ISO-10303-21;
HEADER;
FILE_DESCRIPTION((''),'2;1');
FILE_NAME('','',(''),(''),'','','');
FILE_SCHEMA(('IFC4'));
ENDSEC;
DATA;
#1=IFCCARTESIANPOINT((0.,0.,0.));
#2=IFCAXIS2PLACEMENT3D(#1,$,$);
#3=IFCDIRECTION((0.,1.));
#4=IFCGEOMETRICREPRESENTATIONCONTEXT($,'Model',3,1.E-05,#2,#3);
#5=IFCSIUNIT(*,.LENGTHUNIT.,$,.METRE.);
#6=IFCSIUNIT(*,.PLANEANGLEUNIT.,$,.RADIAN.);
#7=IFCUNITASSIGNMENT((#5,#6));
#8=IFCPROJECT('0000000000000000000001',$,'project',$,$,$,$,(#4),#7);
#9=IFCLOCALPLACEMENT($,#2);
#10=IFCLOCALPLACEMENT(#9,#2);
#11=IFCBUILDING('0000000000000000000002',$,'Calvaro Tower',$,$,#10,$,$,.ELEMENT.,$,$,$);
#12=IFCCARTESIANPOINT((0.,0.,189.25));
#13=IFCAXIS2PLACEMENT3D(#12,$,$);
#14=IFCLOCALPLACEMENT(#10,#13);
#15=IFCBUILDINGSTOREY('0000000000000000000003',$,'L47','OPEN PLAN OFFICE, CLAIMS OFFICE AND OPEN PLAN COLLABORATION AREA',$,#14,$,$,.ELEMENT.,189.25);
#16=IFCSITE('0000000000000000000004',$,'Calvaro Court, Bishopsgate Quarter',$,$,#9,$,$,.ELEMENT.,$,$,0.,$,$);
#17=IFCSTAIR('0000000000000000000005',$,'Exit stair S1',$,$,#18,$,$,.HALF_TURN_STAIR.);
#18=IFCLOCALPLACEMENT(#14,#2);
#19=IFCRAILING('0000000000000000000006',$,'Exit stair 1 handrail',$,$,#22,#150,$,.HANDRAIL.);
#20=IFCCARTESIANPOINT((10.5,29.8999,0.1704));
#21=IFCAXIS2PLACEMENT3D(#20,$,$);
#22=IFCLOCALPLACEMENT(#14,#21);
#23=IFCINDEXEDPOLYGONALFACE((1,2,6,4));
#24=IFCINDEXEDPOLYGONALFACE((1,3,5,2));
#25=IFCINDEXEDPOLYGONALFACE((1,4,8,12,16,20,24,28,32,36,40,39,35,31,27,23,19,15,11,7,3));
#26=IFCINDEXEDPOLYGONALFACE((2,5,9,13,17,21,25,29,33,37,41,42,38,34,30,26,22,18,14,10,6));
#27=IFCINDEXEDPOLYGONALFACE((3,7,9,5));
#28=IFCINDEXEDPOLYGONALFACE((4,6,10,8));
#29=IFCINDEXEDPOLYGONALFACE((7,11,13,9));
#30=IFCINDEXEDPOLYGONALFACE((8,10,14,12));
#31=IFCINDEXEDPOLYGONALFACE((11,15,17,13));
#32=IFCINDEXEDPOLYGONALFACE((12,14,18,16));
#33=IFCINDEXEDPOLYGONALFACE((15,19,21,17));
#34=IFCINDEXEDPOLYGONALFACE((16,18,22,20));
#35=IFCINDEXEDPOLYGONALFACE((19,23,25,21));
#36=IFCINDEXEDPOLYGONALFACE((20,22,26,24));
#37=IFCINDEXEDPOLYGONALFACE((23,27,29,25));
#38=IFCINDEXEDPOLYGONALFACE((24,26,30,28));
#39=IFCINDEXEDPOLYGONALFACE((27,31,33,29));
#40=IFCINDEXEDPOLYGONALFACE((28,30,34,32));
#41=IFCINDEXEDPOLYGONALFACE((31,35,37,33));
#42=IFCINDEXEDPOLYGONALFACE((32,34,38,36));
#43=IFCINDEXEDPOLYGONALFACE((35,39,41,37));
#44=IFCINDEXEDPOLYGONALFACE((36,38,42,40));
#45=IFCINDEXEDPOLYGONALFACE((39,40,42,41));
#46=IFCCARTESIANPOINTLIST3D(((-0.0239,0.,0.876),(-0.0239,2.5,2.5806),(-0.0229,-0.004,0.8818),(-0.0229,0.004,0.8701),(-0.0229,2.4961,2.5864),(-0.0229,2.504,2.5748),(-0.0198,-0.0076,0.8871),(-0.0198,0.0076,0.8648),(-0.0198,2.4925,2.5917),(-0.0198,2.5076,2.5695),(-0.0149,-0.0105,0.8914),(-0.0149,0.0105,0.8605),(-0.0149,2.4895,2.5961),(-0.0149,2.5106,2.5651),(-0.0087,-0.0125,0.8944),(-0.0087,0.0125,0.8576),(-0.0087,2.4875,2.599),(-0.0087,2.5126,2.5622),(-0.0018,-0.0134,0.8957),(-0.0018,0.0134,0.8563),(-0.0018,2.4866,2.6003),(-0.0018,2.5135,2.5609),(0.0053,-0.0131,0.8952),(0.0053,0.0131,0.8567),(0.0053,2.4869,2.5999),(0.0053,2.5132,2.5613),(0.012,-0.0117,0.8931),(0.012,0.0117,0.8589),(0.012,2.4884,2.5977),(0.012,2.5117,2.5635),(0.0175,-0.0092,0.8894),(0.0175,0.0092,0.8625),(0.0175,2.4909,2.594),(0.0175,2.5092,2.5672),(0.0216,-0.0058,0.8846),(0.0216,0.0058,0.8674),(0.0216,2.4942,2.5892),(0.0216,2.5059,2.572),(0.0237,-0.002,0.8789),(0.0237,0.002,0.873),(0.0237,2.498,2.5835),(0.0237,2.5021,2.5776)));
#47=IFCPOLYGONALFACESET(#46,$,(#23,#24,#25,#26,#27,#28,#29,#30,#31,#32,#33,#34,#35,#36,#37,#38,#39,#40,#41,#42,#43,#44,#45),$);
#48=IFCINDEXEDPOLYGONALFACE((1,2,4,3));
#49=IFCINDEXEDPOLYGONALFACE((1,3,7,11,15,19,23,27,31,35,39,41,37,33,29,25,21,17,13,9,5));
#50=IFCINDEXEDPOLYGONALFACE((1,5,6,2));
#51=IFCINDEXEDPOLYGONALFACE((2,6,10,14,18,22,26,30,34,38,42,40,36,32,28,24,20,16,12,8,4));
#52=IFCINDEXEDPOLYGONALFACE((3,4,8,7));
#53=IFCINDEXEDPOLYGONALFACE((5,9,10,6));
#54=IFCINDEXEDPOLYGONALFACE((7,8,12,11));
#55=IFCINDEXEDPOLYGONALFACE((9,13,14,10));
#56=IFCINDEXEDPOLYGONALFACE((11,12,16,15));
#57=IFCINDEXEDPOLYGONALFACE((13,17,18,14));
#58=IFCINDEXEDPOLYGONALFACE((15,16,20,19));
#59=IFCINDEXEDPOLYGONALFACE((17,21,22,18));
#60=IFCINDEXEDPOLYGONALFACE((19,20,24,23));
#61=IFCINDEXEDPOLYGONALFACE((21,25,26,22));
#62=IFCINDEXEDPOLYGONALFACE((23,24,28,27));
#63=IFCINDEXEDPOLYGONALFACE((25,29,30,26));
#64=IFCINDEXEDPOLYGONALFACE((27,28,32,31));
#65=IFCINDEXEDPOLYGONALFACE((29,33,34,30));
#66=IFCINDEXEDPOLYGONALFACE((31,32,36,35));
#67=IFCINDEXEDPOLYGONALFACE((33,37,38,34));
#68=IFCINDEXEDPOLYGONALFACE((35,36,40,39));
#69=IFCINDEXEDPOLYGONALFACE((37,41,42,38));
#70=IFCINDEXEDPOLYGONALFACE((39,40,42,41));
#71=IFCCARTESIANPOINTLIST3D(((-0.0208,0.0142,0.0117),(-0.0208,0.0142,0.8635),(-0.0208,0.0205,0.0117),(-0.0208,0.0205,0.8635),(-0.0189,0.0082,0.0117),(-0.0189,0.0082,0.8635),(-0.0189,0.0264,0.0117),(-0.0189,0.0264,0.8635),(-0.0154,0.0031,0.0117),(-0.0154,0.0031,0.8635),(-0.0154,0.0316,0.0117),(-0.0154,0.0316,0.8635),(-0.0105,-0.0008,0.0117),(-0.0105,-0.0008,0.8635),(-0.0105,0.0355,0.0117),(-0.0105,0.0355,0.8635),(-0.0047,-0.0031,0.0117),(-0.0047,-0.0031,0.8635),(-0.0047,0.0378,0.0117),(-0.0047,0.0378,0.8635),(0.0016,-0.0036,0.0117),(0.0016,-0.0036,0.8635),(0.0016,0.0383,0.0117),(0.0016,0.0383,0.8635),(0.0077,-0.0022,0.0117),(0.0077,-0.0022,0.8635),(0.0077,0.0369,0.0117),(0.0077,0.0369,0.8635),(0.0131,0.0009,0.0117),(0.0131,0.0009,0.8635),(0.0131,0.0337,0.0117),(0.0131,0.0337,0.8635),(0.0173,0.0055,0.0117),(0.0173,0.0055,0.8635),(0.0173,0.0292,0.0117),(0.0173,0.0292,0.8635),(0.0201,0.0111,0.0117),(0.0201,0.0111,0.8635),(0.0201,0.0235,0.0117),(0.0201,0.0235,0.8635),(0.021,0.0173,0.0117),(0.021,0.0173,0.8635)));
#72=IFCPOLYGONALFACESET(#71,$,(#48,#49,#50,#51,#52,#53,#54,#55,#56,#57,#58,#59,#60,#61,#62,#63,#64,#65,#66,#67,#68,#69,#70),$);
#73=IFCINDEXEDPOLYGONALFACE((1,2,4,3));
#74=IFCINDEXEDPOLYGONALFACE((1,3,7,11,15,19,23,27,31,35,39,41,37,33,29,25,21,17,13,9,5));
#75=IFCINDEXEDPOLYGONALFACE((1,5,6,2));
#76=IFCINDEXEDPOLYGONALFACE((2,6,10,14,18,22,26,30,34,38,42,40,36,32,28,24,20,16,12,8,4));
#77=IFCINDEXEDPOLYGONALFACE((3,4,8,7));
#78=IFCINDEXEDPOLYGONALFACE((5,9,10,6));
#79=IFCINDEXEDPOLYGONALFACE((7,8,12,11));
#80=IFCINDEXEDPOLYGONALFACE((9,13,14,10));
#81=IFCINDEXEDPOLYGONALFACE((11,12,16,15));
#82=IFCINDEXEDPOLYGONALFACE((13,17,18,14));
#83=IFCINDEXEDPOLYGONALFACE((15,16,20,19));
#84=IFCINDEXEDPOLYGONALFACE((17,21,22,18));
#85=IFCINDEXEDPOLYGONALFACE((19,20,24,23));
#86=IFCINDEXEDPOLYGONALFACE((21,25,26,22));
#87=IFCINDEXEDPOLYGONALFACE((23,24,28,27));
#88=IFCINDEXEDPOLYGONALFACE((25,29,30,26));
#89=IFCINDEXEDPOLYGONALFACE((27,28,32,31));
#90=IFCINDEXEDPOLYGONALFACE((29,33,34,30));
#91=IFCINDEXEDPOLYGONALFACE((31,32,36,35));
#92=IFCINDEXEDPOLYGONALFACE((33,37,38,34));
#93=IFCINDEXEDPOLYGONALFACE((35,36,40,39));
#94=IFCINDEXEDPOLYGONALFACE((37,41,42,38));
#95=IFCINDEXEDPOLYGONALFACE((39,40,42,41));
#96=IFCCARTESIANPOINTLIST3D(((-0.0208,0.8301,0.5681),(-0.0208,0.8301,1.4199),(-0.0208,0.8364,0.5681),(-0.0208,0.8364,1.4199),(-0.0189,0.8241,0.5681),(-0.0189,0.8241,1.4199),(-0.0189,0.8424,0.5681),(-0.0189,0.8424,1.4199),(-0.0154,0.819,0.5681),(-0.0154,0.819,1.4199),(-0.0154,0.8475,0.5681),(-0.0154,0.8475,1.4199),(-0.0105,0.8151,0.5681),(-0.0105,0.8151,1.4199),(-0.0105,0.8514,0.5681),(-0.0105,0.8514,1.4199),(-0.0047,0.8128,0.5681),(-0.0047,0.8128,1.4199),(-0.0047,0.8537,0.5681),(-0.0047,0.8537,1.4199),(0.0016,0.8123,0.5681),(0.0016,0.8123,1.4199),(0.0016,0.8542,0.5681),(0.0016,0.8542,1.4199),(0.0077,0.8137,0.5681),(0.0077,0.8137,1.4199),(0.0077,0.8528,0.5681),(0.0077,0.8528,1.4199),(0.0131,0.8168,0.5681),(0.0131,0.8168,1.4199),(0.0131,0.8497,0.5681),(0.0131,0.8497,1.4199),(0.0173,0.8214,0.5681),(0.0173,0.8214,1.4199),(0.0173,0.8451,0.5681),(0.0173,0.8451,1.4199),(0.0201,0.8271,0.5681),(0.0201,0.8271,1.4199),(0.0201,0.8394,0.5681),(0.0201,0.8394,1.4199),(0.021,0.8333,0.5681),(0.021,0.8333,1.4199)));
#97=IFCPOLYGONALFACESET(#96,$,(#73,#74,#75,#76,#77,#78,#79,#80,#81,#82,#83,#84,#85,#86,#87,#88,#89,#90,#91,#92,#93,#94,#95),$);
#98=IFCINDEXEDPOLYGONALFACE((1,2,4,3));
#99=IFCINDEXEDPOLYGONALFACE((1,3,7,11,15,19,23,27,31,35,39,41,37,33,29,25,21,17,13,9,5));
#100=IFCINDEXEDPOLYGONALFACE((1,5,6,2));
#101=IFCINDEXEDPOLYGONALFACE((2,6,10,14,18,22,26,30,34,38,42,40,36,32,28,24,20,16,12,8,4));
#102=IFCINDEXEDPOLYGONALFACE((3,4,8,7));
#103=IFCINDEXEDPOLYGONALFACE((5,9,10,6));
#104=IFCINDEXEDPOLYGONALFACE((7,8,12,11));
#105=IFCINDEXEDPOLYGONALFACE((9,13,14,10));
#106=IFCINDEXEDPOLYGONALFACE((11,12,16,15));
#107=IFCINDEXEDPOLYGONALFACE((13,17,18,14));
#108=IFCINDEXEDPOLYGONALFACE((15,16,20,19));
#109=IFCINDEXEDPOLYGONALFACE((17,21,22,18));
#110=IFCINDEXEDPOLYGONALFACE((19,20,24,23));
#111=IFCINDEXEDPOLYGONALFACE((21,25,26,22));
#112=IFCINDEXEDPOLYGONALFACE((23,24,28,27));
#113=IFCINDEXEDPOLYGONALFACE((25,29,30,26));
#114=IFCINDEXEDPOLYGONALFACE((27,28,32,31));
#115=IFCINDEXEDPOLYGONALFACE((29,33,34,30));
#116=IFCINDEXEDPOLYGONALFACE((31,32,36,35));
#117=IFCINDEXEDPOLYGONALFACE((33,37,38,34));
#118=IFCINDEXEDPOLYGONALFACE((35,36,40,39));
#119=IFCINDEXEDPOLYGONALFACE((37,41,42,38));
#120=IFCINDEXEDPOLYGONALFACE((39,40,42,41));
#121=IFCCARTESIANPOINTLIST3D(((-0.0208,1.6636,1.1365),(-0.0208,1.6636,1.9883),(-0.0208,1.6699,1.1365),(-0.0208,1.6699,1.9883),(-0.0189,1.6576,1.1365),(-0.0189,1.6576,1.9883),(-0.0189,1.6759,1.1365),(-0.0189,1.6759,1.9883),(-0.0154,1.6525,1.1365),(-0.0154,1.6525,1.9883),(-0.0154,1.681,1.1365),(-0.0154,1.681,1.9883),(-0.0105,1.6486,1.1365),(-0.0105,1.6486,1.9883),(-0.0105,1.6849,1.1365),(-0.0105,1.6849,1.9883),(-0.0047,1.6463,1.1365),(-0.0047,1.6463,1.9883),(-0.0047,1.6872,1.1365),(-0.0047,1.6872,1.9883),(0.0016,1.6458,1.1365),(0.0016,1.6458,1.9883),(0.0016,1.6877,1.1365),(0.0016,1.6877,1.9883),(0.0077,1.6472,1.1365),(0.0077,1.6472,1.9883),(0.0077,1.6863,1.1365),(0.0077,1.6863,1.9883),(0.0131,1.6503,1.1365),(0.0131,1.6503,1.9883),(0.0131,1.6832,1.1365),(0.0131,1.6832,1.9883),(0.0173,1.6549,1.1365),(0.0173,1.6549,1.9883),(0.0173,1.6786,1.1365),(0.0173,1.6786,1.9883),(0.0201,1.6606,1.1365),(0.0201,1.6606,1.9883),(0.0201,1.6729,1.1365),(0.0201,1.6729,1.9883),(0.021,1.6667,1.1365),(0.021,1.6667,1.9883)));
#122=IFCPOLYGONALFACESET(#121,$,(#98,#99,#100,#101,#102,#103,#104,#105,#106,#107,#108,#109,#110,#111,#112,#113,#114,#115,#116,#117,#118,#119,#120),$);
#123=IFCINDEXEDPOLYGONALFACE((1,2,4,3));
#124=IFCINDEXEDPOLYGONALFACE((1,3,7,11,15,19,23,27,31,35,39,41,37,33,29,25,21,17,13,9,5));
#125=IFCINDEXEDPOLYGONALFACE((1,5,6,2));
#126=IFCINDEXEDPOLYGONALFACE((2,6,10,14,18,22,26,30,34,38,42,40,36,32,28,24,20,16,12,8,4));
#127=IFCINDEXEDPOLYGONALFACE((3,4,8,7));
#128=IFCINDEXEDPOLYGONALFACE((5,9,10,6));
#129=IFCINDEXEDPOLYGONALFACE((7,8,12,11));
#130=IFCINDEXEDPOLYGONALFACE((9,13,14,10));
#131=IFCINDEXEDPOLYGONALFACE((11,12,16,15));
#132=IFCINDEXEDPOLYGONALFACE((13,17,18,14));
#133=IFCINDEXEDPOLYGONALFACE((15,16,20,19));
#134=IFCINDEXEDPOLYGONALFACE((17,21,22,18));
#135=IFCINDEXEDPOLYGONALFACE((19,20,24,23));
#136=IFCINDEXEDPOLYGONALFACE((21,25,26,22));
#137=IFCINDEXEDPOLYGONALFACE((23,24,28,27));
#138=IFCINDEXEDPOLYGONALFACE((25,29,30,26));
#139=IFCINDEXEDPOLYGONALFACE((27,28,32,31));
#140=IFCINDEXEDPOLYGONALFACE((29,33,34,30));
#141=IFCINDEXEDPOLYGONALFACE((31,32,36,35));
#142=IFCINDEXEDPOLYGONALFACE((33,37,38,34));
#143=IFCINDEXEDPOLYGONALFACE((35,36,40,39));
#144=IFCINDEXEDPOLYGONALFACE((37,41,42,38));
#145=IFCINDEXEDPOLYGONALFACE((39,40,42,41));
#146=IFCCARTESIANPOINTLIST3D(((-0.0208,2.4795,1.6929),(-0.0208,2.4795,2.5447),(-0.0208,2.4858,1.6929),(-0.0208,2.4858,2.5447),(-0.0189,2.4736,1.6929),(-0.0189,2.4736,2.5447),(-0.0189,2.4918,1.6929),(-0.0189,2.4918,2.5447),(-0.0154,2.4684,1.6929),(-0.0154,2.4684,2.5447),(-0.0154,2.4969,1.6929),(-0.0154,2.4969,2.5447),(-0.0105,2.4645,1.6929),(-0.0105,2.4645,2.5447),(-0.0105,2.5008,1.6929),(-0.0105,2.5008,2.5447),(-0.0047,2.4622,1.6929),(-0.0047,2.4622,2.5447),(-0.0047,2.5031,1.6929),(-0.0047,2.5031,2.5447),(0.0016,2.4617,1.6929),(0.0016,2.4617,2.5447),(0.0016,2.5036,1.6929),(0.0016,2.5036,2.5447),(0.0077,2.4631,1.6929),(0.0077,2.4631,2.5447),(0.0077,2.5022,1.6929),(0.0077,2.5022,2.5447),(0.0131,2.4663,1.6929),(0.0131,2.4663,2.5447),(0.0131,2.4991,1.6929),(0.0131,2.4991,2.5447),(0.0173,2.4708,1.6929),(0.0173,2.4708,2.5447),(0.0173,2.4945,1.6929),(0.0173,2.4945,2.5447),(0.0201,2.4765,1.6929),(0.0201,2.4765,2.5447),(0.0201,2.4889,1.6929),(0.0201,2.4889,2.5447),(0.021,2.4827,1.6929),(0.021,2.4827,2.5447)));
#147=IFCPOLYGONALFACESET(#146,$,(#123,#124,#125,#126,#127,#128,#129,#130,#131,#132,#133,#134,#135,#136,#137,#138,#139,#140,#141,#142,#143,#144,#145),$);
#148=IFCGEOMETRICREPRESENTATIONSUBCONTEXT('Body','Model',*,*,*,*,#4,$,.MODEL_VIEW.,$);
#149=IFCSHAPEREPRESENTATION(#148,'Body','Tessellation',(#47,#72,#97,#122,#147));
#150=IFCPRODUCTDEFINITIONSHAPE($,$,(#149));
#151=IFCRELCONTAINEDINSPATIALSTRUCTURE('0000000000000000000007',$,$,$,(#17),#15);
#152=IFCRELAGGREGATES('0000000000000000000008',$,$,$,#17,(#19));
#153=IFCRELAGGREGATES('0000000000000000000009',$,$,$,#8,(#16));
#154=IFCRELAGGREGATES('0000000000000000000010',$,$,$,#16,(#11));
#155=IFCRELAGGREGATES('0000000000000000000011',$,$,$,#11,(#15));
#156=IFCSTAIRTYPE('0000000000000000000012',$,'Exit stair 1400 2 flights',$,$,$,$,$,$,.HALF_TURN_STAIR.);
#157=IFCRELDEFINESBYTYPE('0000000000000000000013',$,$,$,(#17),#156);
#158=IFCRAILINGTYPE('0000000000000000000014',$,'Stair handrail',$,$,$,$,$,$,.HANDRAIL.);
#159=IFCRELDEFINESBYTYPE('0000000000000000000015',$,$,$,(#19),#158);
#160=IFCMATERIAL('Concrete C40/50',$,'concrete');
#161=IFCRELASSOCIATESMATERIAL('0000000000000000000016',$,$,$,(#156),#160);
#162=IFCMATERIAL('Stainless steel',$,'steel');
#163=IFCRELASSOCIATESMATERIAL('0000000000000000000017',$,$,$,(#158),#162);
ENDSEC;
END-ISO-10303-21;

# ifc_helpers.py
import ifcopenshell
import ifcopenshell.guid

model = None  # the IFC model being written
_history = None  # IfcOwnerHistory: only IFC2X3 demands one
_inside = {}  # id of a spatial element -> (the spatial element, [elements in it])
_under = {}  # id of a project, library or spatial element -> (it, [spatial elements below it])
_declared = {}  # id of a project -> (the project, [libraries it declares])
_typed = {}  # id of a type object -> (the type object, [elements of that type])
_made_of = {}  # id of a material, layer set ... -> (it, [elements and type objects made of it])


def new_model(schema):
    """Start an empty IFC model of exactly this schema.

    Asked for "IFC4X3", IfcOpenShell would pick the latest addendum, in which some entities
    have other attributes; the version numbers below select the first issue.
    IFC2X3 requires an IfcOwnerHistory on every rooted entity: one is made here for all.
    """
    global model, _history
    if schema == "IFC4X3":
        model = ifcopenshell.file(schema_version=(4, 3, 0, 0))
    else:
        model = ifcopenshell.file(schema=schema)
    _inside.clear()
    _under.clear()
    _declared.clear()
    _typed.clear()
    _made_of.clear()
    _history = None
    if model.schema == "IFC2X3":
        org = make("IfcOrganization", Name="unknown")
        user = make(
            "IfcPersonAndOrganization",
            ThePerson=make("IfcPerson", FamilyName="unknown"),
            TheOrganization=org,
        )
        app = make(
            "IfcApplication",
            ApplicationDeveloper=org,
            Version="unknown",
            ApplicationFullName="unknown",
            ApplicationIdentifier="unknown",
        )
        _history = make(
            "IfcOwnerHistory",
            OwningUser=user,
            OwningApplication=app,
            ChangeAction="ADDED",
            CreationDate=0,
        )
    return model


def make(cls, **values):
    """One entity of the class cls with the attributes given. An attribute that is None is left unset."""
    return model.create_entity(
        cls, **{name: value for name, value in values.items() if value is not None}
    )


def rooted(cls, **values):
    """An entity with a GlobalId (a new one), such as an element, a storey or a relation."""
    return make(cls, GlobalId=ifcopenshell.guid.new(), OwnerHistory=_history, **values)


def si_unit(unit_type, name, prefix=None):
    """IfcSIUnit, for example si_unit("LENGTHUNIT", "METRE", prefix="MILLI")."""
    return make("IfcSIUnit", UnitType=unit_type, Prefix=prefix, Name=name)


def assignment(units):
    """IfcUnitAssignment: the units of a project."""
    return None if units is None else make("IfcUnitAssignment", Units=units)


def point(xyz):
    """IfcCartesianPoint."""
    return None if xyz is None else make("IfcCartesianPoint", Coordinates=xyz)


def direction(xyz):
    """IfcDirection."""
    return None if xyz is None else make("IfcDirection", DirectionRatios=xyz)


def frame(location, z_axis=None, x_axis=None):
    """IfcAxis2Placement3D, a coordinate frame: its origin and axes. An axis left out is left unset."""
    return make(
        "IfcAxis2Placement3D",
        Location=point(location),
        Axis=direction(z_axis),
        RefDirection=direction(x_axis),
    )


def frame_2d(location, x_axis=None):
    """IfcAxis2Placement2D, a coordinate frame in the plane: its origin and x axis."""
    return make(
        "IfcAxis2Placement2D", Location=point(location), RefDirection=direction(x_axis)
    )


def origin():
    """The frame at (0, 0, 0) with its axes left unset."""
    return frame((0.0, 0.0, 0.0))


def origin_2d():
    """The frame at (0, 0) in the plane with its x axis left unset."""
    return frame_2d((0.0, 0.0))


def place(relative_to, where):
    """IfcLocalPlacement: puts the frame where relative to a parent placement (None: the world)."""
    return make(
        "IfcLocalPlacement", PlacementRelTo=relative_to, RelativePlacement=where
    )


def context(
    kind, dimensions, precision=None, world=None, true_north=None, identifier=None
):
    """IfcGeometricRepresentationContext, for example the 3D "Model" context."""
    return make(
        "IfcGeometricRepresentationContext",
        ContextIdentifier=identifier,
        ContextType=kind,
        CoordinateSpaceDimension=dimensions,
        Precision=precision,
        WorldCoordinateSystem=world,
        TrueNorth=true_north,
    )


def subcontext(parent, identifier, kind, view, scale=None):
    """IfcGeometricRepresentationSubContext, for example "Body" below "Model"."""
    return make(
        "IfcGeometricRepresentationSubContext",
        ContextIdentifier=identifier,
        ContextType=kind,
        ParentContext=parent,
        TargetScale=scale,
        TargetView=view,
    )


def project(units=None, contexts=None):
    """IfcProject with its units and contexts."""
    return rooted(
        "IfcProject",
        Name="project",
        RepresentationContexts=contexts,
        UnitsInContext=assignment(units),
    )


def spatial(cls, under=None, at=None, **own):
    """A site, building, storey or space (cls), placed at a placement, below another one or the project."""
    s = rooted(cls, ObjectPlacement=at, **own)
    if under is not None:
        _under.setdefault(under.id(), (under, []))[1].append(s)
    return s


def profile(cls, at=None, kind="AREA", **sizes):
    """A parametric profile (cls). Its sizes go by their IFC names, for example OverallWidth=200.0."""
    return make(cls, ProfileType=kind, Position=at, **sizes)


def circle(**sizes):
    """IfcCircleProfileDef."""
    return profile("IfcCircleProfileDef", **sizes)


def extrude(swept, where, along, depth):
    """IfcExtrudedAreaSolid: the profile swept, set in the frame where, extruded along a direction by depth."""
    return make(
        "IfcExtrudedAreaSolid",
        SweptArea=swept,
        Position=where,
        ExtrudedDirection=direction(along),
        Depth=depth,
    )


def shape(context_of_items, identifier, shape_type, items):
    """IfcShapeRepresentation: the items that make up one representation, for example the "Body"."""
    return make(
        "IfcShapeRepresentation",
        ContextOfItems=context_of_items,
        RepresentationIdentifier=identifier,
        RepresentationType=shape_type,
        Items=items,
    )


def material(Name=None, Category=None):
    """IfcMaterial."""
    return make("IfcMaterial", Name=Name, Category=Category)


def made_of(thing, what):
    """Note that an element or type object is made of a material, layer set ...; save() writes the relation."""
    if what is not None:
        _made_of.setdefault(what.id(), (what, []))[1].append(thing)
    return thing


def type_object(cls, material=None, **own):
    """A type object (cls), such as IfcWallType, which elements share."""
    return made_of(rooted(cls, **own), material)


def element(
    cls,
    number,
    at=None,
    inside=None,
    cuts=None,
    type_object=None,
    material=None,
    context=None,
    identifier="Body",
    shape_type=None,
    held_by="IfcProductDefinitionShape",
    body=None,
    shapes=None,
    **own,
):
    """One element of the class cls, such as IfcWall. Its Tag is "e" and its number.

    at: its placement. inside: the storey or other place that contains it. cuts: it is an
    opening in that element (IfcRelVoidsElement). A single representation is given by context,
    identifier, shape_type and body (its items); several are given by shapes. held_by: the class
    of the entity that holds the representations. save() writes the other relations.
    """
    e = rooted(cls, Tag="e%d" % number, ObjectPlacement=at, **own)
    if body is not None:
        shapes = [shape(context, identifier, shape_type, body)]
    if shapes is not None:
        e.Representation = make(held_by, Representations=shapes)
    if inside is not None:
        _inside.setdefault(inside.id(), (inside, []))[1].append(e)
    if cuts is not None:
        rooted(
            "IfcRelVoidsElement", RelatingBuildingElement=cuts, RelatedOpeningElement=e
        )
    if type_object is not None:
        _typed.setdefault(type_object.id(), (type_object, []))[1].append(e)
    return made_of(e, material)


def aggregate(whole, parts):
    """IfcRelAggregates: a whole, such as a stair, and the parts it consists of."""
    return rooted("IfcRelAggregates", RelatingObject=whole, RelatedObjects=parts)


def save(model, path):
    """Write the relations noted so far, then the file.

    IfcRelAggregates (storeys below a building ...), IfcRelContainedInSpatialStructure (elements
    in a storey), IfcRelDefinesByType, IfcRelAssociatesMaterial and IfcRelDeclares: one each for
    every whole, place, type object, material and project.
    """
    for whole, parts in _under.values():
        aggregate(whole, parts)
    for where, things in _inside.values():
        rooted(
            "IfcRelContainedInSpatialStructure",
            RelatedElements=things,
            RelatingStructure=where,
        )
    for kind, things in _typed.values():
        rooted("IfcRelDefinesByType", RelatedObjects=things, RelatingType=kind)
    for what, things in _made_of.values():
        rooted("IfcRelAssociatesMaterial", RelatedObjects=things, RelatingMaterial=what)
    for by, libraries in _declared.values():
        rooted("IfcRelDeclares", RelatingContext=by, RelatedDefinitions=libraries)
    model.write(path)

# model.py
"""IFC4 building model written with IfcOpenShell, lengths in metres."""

from ifc_helpers import new_model, si_unit, direction, frame, origin, origin_2d, place, context, subcontext, project, spatial, circle, extrude, material, type_object, element, aggregate, save


model = new_model("IFC4")

# Units and contexts
model_context = context("Model", 3, precision=1e-05, world=origin(), true_north=direction((0.0, 1.0)))
body_context = subcontext(model_context, "Body", "Model", "MODEL_VIEW")
ifc_project = project(units=[si_unit("LENGTHUNIT", "METRE"), si_unit("PLANEANGLEUNIT", "RADIAN")], contexts=[model_context])

# Site, building, storey
site_placement = place(None, origin())
site = spatial("IfcSite", under=ifc_project, at=site_placement, Name="Calvaro Court, Bishopsgate Quarter", CompositionType="ELEMENT", RefElevation=0.0)
building_placement = place(site_placement, origin())
building = spatial("IfcBuilding", under=site, at=building_placement, Name="Calvaro Tower", CompositionType="ELEMENT")
storey_placement = place(building_placement, frame((0.0, 0.0, 189.25)))
storey = spatial("IfcBuildingStorey", under=building, at=storey_placement, Name="L47", Description="OPEN PLAN OFFICE, CLAIMS OFFICE AND OPEN PLAN COLLABORATION AREA", CompositionType="ELEMENT", Elevation=189.25)

# Stair, railing
ifc_material_1 = material(Name="Concrete C40/50", Category="concrete")
stair_type = type_object("IfcStairType", Name="Exit stair 1400 2 flights", PredefinedType="HALF_TURN_STAIR", material=ifc_material_1)
stair_placement = place(storey_placement, origin())
stair = element("IfcStair", 1, at=stair_placement, inside=storey, type_object=stair_type, Name="Exit stair S1", PredefinedType="HALF_TURN_STAIR")
ifc_material_2 = material(Name="Stainless steel", Category="steel")
railing_type = type_object("IfcRailingType", Name="Stair handrail", PredefinedType="HANDRAIL", material=ifc_material_2)
railing_1_placement = place(storey_placement, frame((10.5, 29.8999, 0.1704)))
railing_1 = element("IfcRailing", 2, at=railing_1_placement, type_object=railing_type, Name="Exit stair 1 handrail", PredefinedType="HANDRAIL", context=body_context, shape_type="SweptSolid", body=[
    extrude(circle(Radius=0.0239, at=origin_2d()), frame((0.0, 0.0, 0.876), z_axis=(0.0, 0.826221, 0.563347), x_axis=(-1.0, 0.0, 0.0)), (0.0, 0.0, 1.0), 3.0259),
    extrude(circle(Radius=0.021, at=origin_2d()), frame((0.0, 0.0173, 0.0117)), (0.0, 0.0, 1.0), 0.8518),
    extrude(circle(Radius=0.021, at=origin_2d()), frame((0.0, 0.8333, 0.5681)), (0.0, 0.0, 1.0), 0.8518),
    extrude(circle(Radius=0.021, at=origin_2d()), frame((0.0, 1.6667, 1.1365)), (0.0, 0.0, 1.0), 0.8518),
    extrude(circle(Radius=0.021, at=origin_2d()), frame((0.0, 2.4827, 1.6929)), (0.0, 0.0, 1.0), 0.8518),
])
aggregate(stair, [railing_1])

save(model, "model.ifc")
